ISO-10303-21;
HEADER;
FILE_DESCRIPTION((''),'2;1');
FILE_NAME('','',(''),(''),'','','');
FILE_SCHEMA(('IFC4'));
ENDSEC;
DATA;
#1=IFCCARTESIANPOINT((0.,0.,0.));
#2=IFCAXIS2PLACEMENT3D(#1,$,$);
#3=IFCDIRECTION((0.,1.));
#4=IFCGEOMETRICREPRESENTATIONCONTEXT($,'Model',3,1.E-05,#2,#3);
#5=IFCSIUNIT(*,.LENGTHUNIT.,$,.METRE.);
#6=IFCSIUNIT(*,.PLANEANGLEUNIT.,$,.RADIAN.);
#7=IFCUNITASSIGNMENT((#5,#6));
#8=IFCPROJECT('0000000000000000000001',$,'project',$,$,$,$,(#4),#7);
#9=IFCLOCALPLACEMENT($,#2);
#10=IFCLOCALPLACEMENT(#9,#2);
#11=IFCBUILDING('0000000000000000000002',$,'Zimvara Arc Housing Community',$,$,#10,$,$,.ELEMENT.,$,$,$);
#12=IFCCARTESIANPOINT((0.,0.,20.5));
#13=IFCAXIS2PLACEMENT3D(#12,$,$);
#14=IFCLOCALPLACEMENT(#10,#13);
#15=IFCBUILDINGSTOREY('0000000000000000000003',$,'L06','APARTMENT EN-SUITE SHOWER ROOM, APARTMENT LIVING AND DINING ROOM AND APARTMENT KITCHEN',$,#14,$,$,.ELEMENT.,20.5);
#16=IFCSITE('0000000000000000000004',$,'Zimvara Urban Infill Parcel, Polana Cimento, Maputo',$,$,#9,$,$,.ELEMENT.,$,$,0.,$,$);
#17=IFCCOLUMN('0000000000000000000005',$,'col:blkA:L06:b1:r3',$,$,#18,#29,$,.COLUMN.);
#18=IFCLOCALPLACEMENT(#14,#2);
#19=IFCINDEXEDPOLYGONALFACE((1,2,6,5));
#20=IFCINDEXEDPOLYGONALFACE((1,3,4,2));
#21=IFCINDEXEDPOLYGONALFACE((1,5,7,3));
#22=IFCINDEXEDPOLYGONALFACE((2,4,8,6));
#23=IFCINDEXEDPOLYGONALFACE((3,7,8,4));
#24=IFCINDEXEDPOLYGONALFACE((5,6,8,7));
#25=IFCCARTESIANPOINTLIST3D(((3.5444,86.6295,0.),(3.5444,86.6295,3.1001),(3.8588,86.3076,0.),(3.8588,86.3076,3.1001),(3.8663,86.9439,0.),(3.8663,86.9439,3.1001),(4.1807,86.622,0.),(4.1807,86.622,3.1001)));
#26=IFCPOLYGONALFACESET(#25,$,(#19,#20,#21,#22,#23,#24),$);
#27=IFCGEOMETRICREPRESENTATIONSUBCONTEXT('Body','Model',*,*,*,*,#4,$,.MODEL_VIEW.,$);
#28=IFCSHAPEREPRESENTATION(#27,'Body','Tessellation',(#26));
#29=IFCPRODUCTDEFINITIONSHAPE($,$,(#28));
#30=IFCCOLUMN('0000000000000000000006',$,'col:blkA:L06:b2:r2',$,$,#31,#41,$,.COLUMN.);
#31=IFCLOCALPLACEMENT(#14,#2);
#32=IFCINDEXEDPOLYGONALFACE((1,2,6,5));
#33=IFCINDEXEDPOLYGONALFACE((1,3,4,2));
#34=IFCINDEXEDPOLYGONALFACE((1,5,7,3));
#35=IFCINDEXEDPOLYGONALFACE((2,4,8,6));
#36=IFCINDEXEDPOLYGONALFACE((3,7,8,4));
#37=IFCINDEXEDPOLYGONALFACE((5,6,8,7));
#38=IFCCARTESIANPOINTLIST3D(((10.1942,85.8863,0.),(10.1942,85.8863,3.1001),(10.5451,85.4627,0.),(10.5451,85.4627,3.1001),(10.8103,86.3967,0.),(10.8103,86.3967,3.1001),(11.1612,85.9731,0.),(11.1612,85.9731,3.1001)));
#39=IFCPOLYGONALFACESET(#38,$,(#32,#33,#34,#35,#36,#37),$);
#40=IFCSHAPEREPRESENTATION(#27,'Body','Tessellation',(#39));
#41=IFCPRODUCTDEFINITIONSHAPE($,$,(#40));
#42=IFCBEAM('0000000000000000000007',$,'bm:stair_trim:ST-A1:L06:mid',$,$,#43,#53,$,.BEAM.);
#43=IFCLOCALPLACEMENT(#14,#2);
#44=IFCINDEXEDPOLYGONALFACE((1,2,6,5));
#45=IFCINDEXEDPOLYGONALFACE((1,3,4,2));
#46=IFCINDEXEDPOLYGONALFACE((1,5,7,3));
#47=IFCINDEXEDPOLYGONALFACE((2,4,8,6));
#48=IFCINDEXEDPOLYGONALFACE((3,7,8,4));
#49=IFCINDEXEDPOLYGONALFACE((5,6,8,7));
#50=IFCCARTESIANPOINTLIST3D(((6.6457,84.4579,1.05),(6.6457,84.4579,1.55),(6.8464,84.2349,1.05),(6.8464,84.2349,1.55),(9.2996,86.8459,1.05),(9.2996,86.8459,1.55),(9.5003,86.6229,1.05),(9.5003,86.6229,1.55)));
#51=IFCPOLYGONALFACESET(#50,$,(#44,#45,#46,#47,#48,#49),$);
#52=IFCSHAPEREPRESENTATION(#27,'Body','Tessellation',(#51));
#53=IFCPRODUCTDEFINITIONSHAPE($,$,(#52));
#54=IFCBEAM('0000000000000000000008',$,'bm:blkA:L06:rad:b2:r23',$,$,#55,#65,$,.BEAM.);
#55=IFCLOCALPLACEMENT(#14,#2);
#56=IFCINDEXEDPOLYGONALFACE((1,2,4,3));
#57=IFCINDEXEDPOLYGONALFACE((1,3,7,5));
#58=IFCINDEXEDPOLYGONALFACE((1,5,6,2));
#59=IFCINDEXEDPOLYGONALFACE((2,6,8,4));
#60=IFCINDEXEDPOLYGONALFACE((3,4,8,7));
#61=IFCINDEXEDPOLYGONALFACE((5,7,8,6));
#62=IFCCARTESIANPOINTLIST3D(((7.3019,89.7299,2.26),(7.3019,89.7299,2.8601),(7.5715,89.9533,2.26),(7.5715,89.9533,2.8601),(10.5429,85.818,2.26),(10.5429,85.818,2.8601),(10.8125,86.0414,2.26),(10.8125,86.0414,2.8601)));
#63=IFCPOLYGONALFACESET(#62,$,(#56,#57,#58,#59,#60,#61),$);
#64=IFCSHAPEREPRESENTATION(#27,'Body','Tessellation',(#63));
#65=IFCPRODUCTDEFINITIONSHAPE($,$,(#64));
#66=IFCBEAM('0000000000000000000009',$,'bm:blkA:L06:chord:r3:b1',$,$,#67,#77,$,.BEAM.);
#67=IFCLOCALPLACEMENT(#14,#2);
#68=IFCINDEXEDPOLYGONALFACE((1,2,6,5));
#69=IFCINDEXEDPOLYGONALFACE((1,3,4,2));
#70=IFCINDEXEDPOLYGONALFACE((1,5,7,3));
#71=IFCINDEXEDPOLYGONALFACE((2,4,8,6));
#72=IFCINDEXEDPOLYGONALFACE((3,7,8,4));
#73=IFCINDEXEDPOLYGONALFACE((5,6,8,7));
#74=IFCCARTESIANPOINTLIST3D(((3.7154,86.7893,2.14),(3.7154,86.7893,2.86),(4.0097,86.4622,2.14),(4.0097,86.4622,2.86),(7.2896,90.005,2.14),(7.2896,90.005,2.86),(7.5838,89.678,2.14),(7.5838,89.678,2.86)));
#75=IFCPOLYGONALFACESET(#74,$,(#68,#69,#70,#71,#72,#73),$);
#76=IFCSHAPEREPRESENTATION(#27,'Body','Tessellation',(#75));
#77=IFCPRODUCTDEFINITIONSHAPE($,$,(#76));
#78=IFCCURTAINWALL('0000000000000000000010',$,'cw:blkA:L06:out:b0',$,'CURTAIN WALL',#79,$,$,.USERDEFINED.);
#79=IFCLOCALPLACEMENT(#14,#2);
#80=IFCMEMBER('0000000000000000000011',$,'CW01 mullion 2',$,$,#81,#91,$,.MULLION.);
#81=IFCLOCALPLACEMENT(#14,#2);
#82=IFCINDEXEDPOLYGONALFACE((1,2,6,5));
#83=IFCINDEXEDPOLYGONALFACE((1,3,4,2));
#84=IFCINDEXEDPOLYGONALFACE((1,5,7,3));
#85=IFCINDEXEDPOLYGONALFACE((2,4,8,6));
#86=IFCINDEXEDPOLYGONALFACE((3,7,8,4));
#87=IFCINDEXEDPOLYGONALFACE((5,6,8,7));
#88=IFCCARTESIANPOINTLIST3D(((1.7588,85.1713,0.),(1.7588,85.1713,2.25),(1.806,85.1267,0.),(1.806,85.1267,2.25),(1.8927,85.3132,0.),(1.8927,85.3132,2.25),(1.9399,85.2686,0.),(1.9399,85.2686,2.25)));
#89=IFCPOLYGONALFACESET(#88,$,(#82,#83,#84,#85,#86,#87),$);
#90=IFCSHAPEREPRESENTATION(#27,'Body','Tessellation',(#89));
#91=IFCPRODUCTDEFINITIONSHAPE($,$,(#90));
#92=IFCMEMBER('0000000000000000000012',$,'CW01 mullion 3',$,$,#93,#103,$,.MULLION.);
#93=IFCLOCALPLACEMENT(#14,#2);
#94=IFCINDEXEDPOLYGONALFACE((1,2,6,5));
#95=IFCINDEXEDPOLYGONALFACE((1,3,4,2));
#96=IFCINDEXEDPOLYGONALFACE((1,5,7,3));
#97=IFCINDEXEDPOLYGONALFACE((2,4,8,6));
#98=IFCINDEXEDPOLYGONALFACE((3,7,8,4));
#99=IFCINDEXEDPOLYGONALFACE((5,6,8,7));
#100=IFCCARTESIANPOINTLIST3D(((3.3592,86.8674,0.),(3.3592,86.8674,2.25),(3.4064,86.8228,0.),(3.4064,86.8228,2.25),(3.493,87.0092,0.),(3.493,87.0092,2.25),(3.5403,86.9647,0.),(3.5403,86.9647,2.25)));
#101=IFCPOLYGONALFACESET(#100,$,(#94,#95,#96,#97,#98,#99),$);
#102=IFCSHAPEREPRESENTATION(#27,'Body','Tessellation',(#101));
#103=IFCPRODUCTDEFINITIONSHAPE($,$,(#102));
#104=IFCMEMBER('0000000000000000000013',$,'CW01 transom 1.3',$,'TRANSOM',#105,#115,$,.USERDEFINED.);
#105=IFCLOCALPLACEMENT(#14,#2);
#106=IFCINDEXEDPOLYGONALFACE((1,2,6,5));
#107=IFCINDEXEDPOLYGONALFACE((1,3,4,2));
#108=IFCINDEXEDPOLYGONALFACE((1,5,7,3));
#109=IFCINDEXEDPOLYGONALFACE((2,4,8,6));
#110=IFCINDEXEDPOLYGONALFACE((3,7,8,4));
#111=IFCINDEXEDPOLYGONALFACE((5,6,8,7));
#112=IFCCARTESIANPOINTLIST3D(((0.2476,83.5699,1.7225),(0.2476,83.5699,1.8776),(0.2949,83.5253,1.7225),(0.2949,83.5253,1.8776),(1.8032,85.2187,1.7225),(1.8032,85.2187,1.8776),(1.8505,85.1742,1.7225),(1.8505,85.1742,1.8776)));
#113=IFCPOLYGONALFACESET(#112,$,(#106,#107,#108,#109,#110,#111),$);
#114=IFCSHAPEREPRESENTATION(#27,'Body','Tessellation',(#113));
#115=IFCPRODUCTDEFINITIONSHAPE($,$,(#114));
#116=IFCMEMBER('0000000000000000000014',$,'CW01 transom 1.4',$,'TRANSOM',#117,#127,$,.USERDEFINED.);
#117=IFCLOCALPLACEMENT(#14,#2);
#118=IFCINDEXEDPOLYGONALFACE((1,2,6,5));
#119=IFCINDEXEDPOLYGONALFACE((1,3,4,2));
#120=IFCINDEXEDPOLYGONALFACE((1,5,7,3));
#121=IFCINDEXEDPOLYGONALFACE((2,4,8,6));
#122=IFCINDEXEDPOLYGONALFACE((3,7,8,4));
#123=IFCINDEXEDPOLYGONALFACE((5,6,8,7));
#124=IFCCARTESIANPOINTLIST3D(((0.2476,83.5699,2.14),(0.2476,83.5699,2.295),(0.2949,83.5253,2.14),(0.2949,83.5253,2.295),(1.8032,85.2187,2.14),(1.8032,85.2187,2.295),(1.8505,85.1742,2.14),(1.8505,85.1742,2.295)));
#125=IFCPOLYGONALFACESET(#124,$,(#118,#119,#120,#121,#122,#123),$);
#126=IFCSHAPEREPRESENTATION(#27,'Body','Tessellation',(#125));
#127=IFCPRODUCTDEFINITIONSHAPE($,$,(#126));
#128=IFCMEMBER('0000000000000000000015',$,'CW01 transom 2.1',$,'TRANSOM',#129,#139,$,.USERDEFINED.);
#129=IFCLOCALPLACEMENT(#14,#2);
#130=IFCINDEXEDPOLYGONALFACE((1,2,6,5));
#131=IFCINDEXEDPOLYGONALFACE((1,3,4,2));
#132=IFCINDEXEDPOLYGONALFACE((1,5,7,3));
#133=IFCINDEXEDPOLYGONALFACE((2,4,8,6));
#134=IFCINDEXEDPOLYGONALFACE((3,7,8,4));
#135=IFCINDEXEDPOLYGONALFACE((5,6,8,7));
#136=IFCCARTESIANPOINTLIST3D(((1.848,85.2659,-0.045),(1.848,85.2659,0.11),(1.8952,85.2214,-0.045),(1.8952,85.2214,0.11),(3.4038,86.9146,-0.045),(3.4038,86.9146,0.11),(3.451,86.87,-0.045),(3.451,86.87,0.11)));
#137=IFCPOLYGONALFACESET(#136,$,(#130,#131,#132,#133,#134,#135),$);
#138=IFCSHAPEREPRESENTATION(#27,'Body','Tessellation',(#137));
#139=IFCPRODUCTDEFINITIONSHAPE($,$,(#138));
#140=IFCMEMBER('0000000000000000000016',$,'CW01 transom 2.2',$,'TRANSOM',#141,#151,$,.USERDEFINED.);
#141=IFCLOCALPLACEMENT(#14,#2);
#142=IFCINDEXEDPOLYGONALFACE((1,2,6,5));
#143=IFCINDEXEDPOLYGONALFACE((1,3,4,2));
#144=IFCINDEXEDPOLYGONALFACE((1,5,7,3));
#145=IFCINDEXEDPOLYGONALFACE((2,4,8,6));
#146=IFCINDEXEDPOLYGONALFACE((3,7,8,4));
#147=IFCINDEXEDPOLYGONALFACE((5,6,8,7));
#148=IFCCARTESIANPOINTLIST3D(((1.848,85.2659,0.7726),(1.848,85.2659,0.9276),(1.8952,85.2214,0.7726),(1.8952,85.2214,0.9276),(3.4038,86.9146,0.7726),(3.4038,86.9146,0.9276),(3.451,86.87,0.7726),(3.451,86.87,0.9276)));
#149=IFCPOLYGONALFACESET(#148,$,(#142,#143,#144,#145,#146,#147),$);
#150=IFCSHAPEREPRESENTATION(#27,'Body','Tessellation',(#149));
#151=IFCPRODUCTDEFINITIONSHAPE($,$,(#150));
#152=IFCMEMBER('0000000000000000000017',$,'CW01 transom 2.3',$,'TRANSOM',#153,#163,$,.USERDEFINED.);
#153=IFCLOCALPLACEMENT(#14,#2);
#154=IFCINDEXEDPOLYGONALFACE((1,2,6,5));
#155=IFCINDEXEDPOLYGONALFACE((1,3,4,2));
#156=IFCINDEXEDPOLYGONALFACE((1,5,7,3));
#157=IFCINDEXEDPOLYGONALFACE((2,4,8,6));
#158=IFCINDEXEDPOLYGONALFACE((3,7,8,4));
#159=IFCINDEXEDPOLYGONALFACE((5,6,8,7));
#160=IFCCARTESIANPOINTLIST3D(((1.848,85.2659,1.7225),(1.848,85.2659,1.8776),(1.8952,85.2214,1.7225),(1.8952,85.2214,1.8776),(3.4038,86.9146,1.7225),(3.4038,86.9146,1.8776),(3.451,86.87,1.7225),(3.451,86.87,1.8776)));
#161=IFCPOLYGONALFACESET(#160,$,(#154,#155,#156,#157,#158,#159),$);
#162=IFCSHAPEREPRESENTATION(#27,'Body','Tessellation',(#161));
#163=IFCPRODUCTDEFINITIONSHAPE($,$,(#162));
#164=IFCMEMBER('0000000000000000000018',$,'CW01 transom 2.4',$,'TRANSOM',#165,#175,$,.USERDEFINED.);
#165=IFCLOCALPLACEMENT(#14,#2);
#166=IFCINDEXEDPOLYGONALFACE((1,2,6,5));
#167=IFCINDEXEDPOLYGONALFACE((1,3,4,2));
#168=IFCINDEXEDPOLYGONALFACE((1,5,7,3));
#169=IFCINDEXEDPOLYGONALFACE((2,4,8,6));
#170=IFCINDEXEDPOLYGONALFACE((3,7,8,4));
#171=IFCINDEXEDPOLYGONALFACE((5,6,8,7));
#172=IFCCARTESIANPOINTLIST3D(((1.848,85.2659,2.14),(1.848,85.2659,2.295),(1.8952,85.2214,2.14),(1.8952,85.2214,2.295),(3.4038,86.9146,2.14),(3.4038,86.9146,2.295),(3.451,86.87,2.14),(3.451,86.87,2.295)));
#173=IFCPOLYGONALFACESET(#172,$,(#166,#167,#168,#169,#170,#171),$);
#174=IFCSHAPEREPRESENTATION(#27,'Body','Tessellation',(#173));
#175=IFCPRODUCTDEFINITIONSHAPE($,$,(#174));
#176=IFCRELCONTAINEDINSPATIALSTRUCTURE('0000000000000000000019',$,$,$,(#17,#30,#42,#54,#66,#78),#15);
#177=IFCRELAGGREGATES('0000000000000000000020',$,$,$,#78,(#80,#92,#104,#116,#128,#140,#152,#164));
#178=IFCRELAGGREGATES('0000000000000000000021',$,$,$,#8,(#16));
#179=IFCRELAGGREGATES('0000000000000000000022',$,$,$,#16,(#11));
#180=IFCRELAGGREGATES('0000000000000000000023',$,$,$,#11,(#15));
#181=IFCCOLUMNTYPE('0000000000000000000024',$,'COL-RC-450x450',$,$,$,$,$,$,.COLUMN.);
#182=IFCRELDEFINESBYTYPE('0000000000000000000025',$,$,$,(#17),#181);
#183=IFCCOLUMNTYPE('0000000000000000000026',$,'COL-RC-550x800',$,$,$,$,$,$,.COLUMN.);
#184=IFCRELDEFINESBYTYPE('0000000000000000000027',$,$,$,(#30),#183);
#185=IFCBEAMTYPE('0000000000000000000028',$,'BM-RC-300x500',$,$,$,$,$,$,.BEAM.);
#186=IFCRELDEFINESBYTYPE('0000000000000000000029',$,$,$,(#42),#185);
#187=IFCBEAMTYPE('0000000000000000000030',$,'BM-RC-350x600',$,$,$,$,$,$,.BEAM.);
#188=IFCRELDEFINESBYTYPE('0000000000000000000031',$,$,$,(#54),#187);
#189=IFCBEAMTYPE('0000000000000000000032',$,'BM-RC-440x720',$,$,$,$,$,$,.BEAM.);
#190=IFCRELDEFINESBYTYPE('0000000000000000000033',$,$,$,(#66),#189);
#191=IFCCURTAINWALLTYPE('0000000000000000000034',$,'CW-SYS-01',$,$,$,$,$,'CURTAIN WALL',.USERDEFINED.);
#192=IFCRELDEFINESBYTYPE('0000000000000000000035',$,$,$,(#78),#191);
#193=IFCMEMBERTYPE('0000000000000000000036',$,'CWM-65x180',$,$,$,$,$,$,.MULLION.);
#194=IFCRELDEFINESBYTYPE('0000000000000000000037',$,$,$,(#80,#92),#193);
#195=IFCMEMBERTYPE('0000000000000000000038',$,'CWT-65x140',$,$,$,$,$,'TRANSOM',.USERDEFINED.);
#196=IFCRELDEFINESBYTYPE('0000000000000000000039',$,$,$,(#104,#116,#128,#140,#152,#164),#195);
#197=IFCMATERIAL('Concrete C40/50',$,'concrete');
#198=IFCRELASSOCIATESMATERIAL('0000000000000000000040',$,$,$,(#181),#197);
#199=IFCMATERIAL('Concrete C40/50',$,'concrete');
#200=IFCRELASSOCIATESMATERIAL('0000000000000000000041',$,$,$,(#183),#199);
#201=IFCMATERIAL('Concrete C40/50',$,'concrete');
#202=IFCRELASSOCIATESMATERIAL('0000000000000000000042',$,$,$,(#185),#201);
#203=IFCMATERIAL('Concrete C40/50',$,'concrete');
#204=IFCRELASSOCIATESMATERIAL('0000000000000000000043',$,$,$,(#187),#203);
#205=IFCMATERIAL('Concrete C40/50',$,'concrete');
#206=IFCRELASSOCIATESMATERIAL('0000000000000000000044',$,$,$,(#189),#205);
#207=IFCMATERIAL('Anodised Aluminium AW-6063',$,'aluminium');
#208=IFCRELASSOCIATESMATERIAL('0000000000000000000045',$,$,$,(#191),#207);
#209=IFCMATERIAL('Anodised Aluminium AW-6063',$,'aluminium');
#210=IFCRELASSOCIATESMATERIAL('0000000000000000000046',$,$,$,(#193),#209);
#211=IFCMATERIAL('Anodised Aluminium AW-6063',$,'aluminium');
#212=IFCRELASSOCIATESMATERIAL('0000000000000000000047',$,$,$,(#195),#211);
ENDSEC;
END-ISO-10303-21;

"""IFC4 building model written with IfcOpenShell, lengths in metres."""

from ifc_helpers import new_model, si_unit, direction, frame, origin, origin_2d, place, context, subcontext, project, spatial, rectangle, extrude, material, material_profile, profile_set, type_object, element, aggregate, save


model = new_model("IFC4")

# Units and contexts
model_context = context("Model", 3, precision=1e-05, world=origin(), true_north=direction((0.0, 1.0)))
body_context = subcontext(model_context, "Body", "Model", "MODEL_VIEW")
ifc_project = project(units=[si_unit("LENGTHUNIT", "METRE"), si_unit("PLANEANGLEUNIT", "RADIAN")], contexts=[model_context])

# Site, building, storey
site_placement = place(None, origin())
site = spatial("IfcSite", under=ifc_project, at=site_placement, Name="Zimvara Urban Infill Parcel, Polana Cimento, Maputo", CompositionType="ELEMENT", RefElevation=0.0)
building_placement = place(site_placement, origin())
building = spatial("IfcBuilding", under=site, at=building_placement, Name="Zimvara Arc Housing Community", CompositionType="ELEMENT")
storey_placement = place(building_placement, frame((0.0, 0.0, 20.5)))
storey = spatial("IfcBuildingStorey", under=building, at=storey_placement, Name="L06", Description="APARTMENT EN-SUITE SHOWER ROOM, APARTMENT LIVING AND DINING ROOM AND APARTMENT KITCHEN", CompositionType="ELEMENT", Elevation=20.5)

# Columns
ifc_material_1 = material(Name="Concrete C40/50", Category="concrete")
ifc_material_profile_1 = material_profile(ifc_material_1, rectangle(XDim=0.45, YDim=0.45, at=origin_2d()), Name="RC 450x450")
ifc_profile_set_1 = profile_set([ifc_material_profile_1], Name="Concrete C40/50")
column_type_1 = type_object("IfcColumnType", Name="COL-RC-450x450", PredefinedType="COLUMN", material=ifc_profile_set_1)
column_1_placement = place(storey_placement, frame((3.8625, 86.6257, 0.0), z_axis=(0.0, 0.0, 1.0), x_axis=(-0.698665, 0.715449, 0.0)))
element("IfcColumn", 1, at=column_1_placement, inside=storey, type_object=column_type_1, Name="col:blkA:L06:b1:r3", PredefinedType="COLUMN", context=body_context, shape_type="SweptSolid", body=[
    extrude(rectangle(XDim=0.45, YDim=0.45, at=origin_2d()), origin(), (0.0, 0.0, 1.0), 3.1001),
])
ifc_material_2 = material(Name="Concrete C40/50", Category="concrete")
ifc_material_profile_2 = material_profile(ifc_material_2, rectangle(XDim=0.55, YDim=0.8, at=origin_2d()), Name="RC 550x800")
ifc_profile_set_2 = profile_set([ifc_material_profile_2], Name="Concrete C40/50")
column_type_2 = type_object("IfcColumnType", Name="COL-RC-550x800", PredefinedType="COLUMN", material=ifc_profile_set_2)
column_2_placement = place(storey_placement, frame((10.6777, 85.9297, 0.0), z_axis=(0.0, 0.0, 1.0), x_axis=(-0.637962, 0.770068, 0.0)))
element("IfcColumn", 2, at=column_2_placement, inside=storey, type_object=column_type_2, Name="col:blkA:L06:b2:r2", PredefinedType="COLUMN", context=body_context, shape_type="SweptSolid", body=[
    extrude(rectangle(XDim=0.55, YDim=0.8, at=origin_2d()), origin(), (0.0, 0.0, 1.0), 3.1001),
])

# Beams
ifc_material_3 = material(Name="Concrete C40/50", Category="concrete")
ifc_material_profile_3 = material_profile(ifc_material_3, rectangle(XDim=0.3, YDim=0.5, at=origin_2d()), Name="RC 300x500")
ifc_profile_set_3 = profile_set([ifc_material_profile_3], Name="Concrete C40/50")
beam_type_1 = type_object("IfcBeamType", Name="BM-RC-300x500", PredefinedType="BEAM", material=ifc_profile_set_3)
beam_1_placement = place(storey_placement, frame((9.3999, 86.7344, 1.3), z_axis=(-0.743362, -0.668889, 0.0), x_axis=(0.668889, -0.743362, 0.0)))
element("IfcBeam", 3, at=beam_1_placement, inside=storey, type_object=beam_type_1, Name="bm:stair_trim:ST-A1:L06:mid", PredefinedType="BEAM", context=body_context, shape_type="SweptSolid", body=[
    extrude(rectangle(XDim=0.3, YDim=0.5, at=origin_2d()), origin(), (0.0, 0.0, 1.0), 3.5701),
])
ifc_material_4 = material(Name="Concrete C40/50", Category="concrete")
ifc_material_profile_4 = material_profile(ifc_material_4, rectangle(XDim=0.3501, YDim=0.6001, at=origin_2d()), Name="RC 350x600")
ifc_profile_set_4 = profile_set([ifc_material_profile_4], Name="Concrete C40/50")
beam_type_2 = type_object("IfcBeamType", Name="BM-RC-350x600", PredefinedType="BEAM", material=ifc_profile_set_4)
beam_2_placement = place(storey_placement, frame((10.6777, 85.9297, 2.5601), z_axis=(-0.637984, 0.77005, 0.0), x_axis=(-0.77005, -0.637984, 0.0)))
element("IfcBeam", 4, at=beam_2_placement, inside=storey, type_object=beam_type_2, Name="bm:blkA:L06:rad:b2:r23", PredefinedType="BEAM", context=body_context, shape_type="SweptSolid", body=[
    extrude(rectangle(XDim=0.3501, YDim=0.6001, at=origin_2d()), origin(), (0.0, 0.0, 1.0), 5.0801),
])
ifc_material_5 = material(Name="Concrete C40/50", Category="concrete")
ifc_material_profile_5 = material_profile(ifc_material_5, rectangle(XDim=0.4399, YDim=0.72, at=origin_2d()), Name="RC 440x720")
ifc_profile_set_5 = profile_set([ifc_material_profile_5], Name="Concrete C40/50")
beam_type_3 = type_object("IfcBeamType", Name="BM-RC-440x720", PredefinedType="BEAM", material=ifc_profile_set_5)
beam_3_placement = place(storey_placement, frame((3.8625, 86.6257, 2.5), z_axis=(0.743395, 0.668853, 0.0), x_axis=(-0.668853, 0.743395, 0.0)))
element("IfcBeam", 5, at=beam_3_placement, inside=storey, type_object=beam_type_3, Name="bm:blkA:L06:chord:r3:b1", PredefinedType="BEAM", context=body_context, shape_type="SweptSolid", body=[
    extrude(rectangle(XDim=0.4399, YDim=0.72, at=origin_2d()), origin(), (0.0, 0.0, 1.0), 4.8079),
])

# Curtain wall, members
ifc_material_6 = material(Name="Anodised Aluminium AW-6063", Category="aluminium")
curtain_wall_type = type_object("IfcCurtainWallType", Name="CW-SYS-01", ElementType="CURTAIN WALL", PredefinedType="USERDEFINED", material=ifc_material_6)
curtain_wall_placement = place(storey_placement, origin())
curtain_wall = element("IfcCurtainWall", 6, at=curtain_wall_placement, inside=storey, type_object=curtain_wall_type, Name="cw:blkA:L06:out:b0", ObjectType="CURTAIN WALL", PredefinedType="USERDEFINED")
ifc_material_7 = material(Name="Anodised Aluminium AW-6063", Category="aluminium")
ifc_material_profile_6 = material_profile(ifc_material_7, rectangle(XDim=0.0649, YDim=0.1951, at=origin_2d()), Name="ALU 65x195")
ifc_profile_set_6 = profile_set([ifc_material_profile_6], Name="Anodised Aluminium AW-6063")
member_type_1 = type_object("IfcMemberType", Name="CWM-65x180", PredefinedType="MULLION", material=ifc_profile_set_6)
member_1_placement = place(storey_placement, frame((1.8494, 85.22, 0.0), z_axis=(0.0, 0.0, 1.0), x_axis=(-0.727294, 0.686326, 0.0)))
member_1 = element("IfcMember", 7, at=member_1_placement, type_object=member_type_1, Name="CW01 mullion 2", PredefinedType="MULLION", context=body_context, shape_type="SweptSolid", body=[
    extrude(rectangle(XDim=0.0649, YDim=0.1951, at=origin_2d()), origin(), (0.0, 0.0, 1.0), 2.25),
])
member_2_placement = place(storey_placement, frame((3.4497, 86.916, 0.0), z_axis=(0.0, 0.0, 1.0), x_axis=(-0.727294, 0.686326, 0.0)))
member_2 = element("IfcMember", 8, at=member_2_placement, type_object=member_type_1, Name="CW01 mullion 3", PredefinedType="MULLION", context=body_context, shape_type="SweptSolid", body=[
    extrude(rectangle(XDim=0.0649, YDim=0.1951, at=origin_2d()), origin(), (0.0, 0.0, 1.0), 2.25),
])
ifc_material_8 = material(Name="Anodised Aluminium AW-6063", Category="aluminium")
ifc_material_profile_7 = material_profile(ifc_material_8, rectangle(XDim=0.0649, YDim=0.155, at=origin_2d()), Name="ALU 65x155")
ifc_profile_set_7 = profile_set([ifc_material_profile_7], Name="Anodised Aluminium AW-6063")
member_type_2 = type_object("IfcMemberType", Name="CWT-65x140", ElementType="TRANSOM", PredefinedType="USERDEFINED", material=ifc_profile_set_7)
member_3_placement = place(storey_placement, frame((0.2712, 83.5476, 1.8), z_axis=(0.686238, 0.727377, 0.0), x_axis=(-0.727377, 0.686238, 0.0)))
member_3 = element("IfcMember", 9, at=member_3_placement, type_object=member_type_2, Name="CW01 transom 1.3", ObjectType="TRANSOM", PredefinedType="USERDEFINED", context=body_context, shape_type="SweptSolid", body=[
    extrude(rectangle(XDim=0.0649, YDim=0.155, at=origin_2d()), origin(), (0.0, 0.0, 1.0), 2.2668),
])
member_4_placement = place(storey_placement, frame((0.2712, 83.5476, 2.2175), z_axis=(0.686238, 0.727377, 0.0), x_axis=(-0.727377, 0.686238, 0.0)))
member_4 = element("IfcMember", 10, at=member_4_placement, type_object=member_type_2, Name="CW01 transom 1.4", ObjectType="TRANSOM", PredefinedType="USERDEFINED", context=body_context, shape_type="SweptSolid", body=[
    extrude(rectangle(XDim=0.0649, YDim=0.155, at=origin_2d()), origin(), (0.0, 0.0, 1.0), 2.2668),
])
member_5_placement = place(storey_placement, frame((1.8716, 85.2437, 0.0325), z_axis=(0.686348, 0.727273, 0.0), x_axis=(-0.727273, 0.686348, 0.0)))
member_5 = element("IfcMember", 11, at=member_5_placement, type_object=member_type_2, Name="CW01 transom 2.1", ObjectType="TRANSOM", PredefinedType="USERDEFINED", context=body_context, shape_type="SweptSolid", body=[
    extrude(rectangle(XDim=0.0649, YDim=0.155, at=origin_2d()), origin(), (0.0, 0.0, 1.0), 2.2668),
])
member_6_placement = place(storey_placement, frame((1.8716, 85.2437, 0.8501), z_axis=(0.686348, 0.727273, 0.0), x_axis=(-0.727273, 0.686348, 0.0)))
member_6 = element("IfcMember", 12, at=member_6_placement, type_object=member_type_2, Name="CW01 transom 2.2", ObjectType="TRANSOM", PredefinedType="USERDEFINED", context=body_context, shape_type="SweptSolid", body=[
    extrude(rectangle(XDim=0.0649, YDim=0.155, at=origin_2d()), origin(), (0.0, 0.0, 1.0), 2.2668),
])
member_7_placement = place(storey_placement, frame((1.8716, 85.2437, 1.8), z_axis=(0.686348, 0.727273, 0.0), x_axis=(-0.727273, 0.686348, 0.0)))
member_7 = element("IfcMember", 13, at=member_7_placement, type_object=member_type_2, Name="CW01 transom 2.3", ObjectType="TRANSOM", PredefinedType="USERDEFINED", context=body_context, shape_type="SweptSolid", body=[
    extrude(rectangle(XDim=0.0649, YDim=0.155, at=origin_2d()), origin(), (0.0, 0.0, 1.0), 2.2668),
])
member_8_placement = place(storey_placement, frame((1.8716, 85.2437, 2.2175), z_axis=(0.686348, 0.727273, 0.0), x_axis=(-0.727273, 0.686348, 0.0)))
member_8 = element("IfcMember", 14, at=member_8_placement, type_object=member_type_2, Name="CW01 transom 2.4", ObjectType="TRANSOM", PredefinedType="USERDEFINED", context=body_context, shape_type="SweptSolid", body=[
    extrude(rectangle(XDim=0.0649, YDim=0.155, at=origin_2d()), origin(), (0.0, 0.0, 1.0), 2.2668),
])
aggregate(curtain_wall, [member_1, member_2, member_3, member_4, member_5, member_6, member_7, member_8])

save(model, "model.ifc")
